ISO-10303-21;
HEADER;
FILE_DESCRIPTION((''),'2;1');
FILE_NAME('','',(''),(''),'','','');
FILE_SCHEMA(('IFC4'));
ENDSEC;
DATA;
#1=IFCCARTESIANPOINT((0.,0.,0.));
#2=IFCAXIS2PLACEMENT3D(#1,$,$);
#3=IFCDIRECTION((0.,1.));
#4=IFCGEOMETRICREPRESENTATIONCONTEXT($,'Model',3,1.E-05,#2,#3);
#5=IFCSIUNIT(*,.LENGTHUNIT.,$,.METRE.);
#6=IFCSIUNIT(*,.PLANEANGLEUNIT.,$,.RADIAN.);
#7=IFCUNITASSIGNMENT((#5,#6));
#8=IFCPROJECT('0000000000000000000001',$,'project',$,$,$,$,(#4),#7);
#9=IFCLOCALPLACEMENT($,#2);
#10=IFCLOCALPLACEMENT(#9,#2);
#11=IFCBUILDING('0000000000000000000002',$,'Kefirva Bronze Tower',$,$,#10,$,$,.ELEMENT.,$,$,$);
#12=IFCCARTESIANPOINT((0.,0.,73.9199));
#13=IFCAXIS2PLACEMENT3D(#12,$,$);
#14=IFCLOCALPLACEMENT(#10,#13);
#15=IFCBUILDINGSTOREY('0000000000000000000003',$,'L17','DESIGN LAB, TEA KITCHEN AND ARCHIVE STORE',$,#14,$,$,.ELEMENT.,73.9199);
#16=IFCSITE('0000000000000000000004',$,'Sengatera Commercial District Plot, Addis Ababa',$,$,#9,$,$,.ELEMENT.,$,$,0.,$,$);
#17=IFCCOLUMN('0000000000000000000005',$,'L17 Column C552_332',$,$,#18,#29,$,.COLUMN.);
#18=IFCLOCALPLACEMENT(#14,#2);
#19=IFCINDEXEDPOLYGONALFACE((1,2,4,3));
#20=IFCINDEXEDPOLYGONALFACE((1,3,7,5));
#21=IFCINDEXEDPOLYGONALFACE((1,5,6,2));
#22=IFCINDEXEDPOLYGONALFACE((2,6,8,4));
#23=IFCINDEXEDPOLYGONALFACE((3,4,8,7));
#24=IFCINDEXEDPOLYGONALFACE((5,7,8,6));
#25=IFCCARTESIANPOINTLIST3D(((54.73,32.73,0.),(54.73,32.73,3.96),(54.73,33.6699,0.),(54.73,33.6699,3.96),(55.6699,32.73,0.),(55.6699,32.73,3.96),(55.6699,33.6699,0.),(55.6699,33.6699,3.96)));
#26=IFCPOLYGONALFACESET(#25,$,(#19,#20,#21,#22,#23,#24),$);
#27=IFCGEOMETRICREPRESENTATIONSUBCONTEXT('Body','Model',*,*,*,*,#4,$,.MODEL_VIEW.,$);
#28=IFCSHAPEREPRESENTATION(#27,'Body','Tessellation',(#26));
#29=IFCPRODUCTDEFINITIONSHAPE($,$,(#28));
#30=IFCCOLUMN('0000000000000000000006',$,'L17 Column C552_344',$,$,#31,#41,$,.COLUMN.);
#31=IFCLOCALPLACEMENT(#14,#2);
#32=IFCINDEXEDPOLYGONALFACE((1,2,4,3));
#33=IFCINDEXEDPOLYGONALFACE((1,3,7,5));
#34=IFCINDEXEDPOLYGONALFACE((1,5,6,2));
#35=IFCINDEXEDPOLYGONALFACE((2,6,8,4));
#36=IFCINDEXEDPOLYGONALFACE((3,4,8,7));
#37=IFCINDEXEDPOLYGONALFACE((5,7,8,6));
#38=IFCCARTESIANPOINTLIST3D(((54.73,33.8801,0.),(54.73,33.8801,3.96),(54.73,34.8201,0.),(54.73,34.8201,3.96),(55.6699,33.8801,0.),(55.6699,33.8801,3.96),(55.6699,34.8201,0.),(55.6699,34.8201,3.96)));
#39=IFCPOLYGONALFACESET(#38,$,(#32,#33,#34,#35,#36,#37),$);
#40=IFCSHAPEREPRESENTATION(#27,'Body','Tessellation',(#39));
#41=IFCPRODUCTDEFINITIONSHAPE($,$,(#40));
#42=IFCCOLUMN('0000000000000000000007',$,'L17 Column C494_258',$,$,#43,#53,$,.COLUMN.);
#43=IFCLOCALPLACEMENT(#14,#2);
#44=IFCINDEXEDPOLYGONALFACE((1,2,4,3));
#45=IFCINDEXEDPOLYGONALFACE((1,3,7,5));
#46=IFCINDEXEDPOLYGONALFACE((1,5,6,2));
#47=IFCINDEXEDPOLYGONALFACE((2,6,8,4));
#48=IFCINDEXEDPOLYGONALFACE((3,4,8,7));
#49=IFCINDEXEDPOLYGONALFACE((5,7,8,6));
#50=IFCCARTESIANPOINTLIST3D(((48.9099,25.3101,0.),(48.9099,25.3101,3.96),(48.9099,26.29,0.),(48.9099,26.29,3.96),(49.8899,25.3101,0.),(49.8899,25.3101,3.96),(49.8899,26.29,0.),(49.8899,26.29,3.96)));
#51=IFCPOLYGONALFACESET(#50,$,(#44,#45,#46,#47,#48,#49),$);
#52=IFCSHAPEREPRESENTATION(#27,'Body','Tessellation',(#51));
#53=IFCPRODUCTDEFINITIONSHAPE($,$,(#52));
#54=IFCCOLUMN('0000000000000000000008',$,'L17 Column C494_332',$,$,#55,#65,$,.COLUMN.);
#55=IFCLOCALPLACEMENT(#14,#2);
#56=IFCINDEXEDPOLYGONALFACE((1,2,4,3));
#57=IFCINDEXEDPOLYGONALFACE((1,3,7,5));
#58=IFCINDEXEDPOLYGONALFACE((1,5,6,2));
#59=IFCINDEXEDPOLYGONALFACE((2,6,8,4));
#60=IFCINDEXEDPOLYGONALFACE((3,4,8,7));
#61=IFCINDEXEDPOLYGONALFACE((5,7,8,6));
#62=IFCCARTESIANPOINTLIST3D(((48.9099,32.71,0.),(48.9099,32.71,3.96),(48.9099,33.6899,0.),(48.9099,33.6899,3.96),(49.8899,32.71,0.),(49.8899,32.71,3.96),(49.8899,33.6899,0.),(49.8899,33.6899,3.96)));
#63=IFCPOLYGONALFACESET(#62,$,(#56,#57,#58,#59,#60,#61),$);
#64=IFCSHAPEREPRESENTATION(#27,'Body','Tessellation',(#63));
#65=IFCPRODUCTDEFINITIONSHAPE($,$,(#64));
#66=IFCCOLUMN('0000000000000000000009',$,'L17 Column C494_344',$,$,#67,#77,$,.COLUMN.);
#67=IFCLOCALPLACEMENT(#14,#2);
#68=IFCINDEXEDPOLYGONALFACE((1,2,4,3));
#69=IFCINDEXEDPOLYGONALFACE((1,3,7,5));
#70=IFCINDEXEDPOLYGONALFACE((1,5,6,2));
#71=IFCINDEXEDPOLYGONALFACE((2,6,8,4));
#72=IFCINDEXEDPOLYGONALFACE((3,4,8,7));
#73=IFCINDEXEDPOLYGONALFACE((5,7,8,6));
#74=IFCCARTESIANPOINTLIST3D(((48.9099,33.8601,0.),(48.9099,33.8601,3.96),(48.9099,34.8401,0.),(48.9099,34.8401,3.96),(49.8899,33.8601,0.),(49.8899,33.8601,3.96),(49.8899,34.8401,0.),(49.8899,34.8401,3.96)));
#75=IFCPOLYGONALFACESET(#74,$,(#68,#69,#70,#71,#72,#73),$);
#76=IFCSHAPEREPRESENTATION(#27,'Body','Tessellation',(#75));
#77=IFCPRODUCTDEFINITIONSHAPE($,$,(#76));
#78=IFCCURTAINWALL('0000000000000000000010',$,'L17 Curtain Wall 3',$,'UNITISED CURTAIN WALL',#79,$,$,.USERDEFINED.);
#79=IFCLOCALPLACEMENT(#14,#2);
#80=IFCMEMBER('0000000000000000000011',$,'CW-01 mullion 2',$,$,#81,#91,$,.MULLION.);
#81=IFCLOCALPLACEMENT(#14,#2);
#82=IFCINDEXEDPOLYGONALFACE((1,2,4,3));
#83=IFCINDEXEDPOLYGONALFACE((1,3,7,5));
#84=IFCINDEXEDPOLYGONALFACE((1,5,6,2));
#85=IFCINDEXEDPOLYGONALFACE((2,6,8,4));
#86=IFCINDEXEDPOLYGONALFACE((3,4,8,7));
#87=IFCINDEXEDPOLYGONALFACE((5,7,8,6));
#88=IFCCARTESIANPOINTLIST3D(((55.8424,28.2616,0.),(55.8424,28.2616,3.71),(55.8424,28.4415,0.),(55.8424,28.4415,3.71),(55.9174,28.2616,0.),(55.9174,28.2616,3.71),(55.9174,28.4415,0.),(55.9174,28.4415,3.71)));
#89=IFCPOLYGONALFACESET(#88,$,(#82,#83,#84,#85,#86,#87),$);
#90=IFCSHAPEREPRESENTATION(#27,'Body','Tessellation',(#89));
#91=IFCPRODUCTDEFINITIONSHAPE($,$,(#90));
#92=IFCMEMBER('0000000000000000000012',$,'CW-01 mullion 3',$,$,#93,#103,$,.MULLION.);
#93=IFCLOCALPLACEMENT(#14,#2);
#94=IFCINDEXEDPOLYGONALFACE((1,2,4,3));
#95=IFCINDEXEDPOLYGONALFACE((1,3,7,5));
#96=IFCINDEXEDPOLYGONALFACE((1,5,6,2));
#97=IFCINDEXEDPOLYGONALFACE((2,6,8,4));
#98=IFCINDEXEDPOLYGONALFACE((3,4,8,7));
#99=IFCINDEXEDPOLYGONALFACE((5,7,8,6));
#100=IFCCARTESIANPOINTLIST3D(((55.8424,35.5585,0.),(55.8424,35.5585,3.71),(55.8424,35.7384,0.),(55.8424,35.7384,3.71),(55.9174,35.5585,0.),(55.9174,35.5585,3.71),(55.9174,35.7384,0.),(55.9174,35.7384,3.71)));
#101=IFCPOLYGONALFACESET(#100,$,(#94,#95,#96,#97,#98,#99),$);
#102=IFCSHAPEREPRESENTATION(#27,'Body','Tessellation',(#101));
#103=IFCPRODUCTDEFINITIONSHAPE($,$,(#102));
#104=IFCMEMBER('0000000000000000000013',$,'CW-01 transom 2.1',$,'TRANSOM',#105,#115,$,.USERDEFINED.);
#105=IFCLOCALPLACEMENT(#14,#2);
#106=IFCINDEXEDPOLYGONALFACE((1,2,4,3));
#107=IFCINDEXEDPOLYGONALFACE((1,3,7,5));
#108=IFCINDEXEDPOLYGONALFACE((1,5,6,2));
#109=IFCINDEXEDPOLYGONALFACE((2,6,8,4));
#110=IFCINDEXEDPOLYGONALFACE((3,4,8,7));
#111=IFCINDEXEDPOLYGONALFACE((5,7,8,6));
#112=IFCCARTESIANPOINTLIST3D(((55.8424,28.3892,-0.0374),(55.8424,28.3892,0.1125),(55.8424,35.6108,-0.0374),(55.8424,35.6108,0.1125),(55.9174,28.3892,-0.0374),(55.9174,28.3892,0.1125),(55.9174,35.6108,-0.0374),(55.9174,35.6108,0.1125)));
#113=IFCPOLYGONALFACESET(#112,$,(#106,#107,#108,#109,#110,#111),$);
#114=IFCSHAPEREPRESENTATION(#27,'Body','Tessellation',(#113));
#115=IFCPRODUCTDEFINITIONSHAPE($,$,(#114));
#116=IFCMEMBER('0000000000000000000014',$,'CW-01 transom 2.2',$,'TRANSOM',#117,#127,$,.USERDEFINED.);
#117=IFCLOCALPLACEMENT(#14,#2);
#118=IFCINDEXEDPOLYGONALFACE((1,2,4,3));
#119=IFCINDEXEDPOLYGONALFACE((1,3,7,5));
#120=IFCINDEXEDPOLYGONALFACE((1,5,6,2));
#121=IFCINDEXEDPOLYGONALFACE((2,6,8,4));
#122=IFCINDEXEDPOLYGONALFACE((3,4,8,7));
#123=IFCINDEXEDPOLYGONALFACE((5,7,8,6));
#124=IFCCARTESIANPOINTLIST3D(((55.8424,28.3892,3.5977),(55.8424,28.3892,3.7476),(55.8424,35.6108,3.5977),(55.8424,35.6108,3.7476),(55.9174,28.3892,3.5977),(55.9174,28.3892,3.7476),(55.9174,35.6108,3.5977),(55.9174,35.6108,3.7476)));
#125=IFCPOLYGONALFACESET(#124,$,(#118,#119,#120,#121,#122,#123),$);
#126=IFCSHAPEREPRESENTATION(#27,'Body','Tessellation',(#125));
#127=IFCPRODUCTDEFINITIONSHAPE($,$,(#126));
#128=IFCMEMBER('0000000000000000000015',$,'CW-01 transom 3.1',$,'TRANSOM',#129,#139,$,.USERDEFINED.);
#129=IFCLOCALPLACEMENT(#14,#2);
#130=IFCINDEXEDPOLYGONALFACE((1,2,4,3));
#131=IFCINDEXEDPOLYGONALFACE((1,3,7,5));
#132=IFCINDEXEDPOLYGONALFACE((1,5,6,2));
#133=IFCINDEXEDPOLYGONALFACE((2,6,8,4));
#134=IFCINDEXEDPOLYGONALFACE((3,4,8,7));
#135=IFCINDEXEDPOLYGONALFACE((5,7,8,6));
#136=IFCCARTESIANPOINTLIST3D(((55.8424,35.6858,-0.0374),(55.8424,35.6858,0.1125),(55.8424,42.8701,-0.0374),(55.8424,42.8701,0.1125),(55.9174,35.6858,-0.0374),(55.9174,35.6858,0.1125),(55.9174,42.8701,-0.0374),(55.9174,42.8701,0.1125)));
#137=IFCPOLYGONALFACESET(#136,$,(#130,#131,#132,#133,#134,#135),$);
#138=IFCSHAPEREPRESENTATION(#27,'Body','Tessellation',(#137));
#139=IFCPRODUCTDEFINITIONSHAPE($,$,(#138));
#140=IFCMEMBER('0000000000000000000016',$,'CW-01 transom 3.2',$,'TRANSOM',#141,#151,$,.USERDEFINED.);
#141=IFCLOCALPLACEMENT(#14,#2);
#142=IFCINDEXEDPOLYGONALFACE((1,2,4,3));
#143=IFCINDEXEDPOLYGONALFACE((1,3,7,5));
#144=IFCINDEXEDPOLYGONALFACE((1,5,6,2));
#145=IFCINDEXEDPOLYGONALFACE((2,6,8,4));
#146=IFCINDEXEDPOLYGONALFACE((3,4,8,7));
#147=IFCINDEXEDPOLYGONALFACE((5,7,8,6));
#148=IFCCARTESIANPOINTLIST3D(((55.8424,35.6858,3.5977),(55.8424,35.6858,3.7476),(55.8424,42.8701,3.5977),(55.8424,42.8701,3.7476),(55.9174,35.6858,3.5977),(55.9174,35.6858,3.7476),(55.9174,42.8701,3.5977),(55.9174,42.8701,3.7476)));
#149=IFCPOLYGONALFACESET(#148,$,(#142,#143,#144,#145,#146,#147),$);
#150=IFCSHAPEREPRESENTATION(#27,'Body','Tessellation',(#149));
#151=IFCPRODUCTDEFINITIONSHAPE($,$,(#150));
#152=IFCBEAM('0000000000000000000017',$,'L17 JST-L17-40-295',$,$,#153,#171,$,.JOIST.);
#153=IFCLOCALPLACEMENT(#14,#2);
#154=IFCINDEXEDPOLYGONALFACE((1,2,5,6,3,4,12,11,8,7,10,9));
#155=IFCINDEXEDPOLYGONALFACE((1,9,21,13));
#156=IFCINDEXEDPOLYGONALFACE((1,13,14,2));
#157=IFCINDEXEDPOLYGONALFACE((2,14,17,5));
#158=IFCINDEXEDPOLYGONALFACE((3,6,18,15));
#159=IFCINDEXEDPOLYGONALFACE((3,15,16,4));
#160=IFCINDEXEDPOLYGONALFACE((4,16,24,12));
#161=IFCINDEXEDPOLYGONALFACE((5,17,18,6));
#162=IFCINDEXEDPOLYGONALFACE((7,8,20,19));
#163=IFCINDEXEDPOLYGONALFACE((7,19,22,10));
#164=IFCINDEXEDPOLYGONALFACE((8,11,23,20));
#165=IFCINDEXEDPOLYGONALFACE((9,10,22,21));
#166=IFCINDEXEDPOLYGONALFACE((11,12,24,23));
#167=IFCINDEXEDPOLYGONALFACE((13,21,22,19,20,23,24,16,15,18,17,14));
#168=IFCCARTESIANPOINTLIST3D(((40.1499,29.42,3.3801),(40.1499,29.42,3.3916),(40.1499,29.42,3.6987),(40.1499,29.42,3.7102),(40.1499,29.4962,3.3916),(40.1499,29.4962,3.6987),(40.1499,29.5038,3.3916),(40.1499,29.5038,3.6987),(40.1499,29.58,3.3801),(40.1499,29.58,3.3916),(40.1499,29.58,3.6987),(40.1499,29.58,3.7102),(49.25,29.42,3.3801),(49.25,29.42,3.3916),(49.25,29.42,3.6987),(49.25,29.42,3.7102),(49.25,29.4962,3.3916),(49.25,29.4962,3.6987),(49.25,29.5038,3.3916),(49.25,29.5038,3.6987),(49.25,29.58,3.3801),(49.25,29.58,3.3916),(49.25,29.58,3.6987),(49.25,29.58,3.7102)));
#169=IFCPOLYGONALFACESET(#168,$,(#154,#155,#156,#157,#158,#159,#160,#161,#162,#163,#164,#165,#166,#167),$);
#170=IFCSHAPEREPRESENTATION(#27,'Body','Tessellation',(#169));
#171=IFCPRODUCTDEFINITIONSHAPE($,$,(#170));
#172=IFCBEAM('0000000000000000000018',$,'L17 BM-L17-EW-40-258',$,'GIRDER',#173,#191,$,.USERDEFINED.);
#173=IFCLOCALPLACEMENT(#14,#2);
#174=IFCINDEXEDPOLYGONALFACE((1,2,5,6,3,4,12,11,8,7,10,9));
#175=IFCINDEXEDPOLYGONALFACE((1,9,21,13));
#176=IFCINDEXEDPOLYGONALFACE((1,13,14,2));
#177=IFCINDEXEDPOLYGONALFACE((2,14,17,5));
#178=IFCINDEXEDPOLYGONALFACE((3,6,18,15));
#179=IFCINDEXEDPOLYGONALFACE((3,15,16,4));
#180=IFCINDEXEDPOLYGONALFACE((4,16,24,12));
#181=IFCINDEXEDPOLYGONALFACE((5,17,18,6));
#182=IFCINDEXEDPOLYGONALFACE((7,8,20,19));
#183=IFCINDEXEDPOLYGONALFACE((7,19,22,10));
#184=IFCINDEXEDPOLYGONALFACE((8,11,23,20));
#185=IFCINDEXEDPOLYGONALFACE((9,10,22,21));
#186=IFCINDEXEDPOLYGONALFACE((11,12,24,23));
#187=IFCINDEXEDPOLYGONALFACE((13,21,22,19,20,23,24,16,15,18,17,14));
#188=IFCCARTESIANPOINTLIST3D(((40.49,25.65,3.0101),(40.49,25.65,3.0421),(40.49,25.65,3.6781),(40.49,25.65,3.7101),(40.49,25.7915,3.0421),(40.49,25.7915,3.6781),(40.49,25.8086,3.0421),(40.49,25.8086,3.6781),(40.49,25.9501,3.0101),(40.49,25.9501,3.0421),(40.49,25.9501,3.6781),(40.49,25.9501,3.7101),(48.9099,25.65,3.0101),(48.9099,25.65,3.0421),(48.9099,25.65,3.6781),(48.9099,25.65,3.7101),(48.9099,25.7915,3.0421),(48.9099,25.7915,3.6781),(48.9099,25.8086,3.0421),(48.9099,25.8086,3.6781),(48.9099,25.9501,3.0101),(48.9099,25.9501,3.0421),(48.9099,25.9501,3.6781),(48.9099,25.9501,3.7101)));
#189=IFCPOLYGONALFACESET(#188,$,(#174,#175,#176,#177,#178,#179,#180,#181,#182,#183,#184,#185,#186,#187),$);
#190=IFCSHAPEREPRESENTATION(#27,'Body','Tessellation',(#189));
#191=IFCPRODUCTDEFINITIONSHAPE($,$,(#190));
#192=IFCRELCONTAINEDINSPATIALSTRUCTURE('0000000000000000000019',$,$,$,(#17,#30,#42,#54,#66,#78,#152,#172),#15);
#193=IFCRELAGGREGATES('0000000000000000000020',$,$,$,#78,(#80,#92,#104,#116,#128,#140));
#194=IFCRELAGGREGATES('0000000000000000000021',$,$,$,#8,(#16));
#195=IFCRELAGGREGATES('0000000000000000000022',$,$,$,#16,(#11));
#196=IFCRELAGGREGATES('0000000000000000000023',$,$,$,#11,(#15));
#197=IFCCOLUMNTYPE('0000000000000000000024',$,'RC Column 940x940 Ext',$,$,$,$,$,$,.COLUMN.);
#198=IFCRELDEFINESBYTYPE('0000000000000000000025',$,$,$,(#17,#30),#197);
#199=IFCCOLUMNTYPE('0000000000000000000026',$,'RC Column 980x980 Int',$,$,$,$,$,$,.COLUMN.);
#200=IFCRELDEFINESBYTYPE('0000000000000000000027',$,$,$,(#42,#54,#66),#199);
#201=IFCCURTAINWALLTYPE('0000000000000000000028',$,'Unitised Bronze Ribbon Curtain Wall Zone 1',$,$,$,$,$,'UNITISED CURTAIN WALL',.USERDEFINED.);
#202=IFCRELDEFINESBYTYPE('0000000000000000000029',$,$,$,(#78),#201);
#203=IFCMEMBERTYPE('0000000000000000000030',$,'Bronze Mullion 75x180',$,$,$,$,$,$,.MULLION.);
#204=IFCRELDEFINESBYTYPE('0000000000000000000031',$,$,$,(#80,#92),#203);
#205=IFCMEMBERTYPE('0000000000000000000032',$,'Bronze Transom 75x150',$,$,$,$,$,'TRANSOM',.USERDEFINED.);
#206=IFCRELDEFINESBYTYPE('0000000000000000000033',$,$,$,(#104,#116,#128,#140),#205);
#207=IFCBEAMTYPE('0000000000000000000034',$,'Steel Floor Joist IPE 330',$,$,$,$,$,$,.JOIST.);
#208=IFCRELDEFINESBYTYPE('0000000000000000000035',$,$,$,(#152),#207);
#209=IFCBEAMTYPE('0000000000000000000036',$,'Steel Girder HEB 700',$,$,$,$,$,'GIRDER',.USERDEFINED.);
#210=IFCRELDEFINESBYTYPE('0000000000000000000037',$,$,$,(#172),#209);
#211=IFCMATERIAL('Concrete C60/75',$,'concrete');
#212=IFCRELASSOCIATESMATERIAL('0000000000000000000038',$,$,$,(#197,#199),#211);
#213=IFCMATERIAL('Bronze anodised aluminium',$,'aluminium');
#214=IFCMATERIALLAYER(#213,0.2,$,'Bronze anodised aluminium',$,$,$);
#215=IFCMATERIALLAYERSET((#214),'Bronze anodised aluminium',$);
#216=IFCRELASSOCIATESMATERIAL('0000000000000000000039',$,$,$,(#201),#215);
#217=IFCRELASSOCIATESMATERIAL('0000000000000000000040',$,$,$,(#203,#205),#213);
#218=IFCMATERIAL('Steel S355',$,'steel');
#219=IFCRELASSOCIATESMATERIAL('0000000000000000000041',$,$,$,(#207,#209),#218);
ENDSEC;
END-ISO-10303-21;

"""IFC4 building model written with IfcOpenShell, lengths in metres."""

from ifc_helpers import new_model, si_unit, direction, frame, origin, origin_2d, place, context, subcontext, project, spatial, rectangle, i_section, extrude, material, layer, layer_set, material_profile, profile_set, type_object, element, aggregate, save


model = new_model("IFC4")

# Units and contexts
model_context = context("Model", 3, precision=1e-05, world=origin(), true_north=direction((0.0, 1.0)))
body_context = subcontext(model_context, "Body", "Model", "MODEL_VIEW")
ifc_project = project(units=[si_unit("LENGTHUNIT", "METRE"), si_unit("PLANEANGLEUNIT", "RADIAN")], contexts=[model_context])

# Site, building, storey
site_placement = place(None, origin())
site = spatial("IfcSite", under=ifc_project, at=site_placement, Name="Sengatera Commercial District Plot, Addis Ababa", CompositionType="ELEMENT", RefElevation=0.0)
building_placement = place(site_placement, origin())
building = spatial("IfcBuilding", under=site, at=building_placement, Name="Kefirva Bronze Tower", CompositionType="ELEMENT")
storey_placement = place(building_placement, frame((0.0, 0.0, 73.9199)))
storey = spatial("IfcBuildingStorey", under=building, at=storey_placement, Name="L17", Description="DESIGN LAB, TEA KITCHEN AND ARCHIVE STORE", CompositionType="ELEMENT", Elevation=73.9199)

# Columns
ifc_material_1 = material(Name="Concrete C60/75", Category="concrete")
ifc_material_profile_1 = material_profile(ifc_material_1, rectangle(XDim=0.9399, YDim=0.9399, at=origin_2d()), Name="RC 940x940")
ifc_profile_set_1 = profile_set([ifc_material_profile_1], Name="Concrete C60/75")
column_type_1 = type_object("IfcColumnType", Name="RC Column 940x940 Ext", PredefinedType="COLUMN", material=ifc_profile_set_1)
for number, where, z_axis, x_axis, name in (
    (1, (55.2, 33.2, 0.0), (0.0, 0.0, 1.0), (1.0, 0.0, 0.0), "L17 Column C552_332"),
    (2, (55.2, 34.3501, 0.0), (0.0, 0.0, 1.0), (1.0, 0.0, 0.0), "L17 Column C552_344"),
):
    element("IfcColumn", number, at=place(storey_placement, frame(where, z_axis=z_axis, x_axis=x_axis)), inside=storey, type_object=column_type_1, Name=name, PredefinedType="COLUMN", context=body_context, shape_type="SweptSolid", body=[
        extrude(rectangle(XDim=0.9399, YDim=0.9399, at=origin_2d()), origin(), (0.0, 0.0, 1.0), 3.96),
    ])
ifc_material_profile_2 = material_profile(ifc_material_1, rectangle(XDim=0.98, YDim=0.98, at=origin_2d()), Name="RC 980x980")
ifc_profile_set_2 = profile_set([ifc_material_profile_2], Name="Concrete C60/75")
column_type_2 = type_object("IfcColumnType", Name="RC Column 980x980 Int", PredefinedType="COLUMN", material=ifc_profile_set_2)
for number, where, z_axis, x_axis, name in (
    (3, (49.3999, 25.8, 0.0), (0.0, 0.0, 1.0), (1.0, 0.0, 0.0), "L17 Column C494_258"),
    (4, (49.3999, 33.2, 0.0), (0.0, 0.0, 1.0), (1.0, 0.0, 0.0), "L17 Column C494_332"),
    (5, (49.3999, 34.3501, 0.0), (0.0, 0.0, 1.0), (1.0, 0.0, 0.0), "L17 Column C494_344"),
):
    element("IfcColumn", number, at=place(storey_placement, frame(where, z_axis=z_axis, x_axis=x_axis)), inside=storey, type_object=column_type_2, Name=name, PredefinedType="COLUMN", context=body_context, shape_type="SweptSolid", body=[
        extrude(rectangle(XDim=0.98, YDim=0.98, at=origin_2d()), origin(), (0.0, 0.0, 1.0), 3.96),
    ])

# Curtain wall, members
ifc_material_2 = material(Name="Bronze anodised aluminium", Category="aluminium")
ifc_layer_1 = layer(ifc_material_2, 0.2, Name="Bronze anodised aluminium")
ifc_layer_set_1 = layer_set([ifc_layer_1], Name="Bronze anodised aluminium")
curtain_wall_type = type_object("IfcCurtainWallType", Name="Unitised Bronze Ribbon Curtain Wall Zone 1", ElementType="UNITISED CURTAIN WALL", PredefinedType="USERDEFINED", material=ifc_layer_set_1)
curtain_wall_placement = place(storey_placement, origin())
curtain_wall = element("IfcCurtainWall", 6, at=curtain_wall_placement, inside=storey, type_object=curtain_wall_type, Name="L17 Curtain Wall 3", ObjectType="UNITISED CURTAIN WALL", PredefinedType="USERDEFINED")
ifc_material_profile_3 = material_profile(ifc_material_2, rectangle(XDim=0.075, YDim=0.1799, at=origin_2d()), Name="ALU 75x180")
ifc_profile_set_3 = profile_set([ifc_material_profile_3], Name="Bronze anodised aluminium")
member_type_1 = type_object("IfcMemberType", Name="Bronze Mullion 75x180", PredefinedType="MULLION", material=ifc_profile_set_3)
member_1_placement = place(storey_placement, frame((55.8799, 28.3516, 0.0), z_axis=(0.0, 0.0, 1.0), x_axis=(-1.0, 0.0, 0.0)))
member_1 = element("IfcMember", 7, at=member_1_placement, type_object=member_type_1, Name="CW-01 mullion 2", PredefinedType="MULLION", context=body_context, shape_type="SweptSolid", body=[
    extrude(rectangle(XDim=0.075, YDim=0.1799, at=origin_2d()), origin(), (0.0, 0.0, 1.0), 3.71),
])
member_2_placement = place(storey_placement, frame((55.8799, 35.6484, 0.0), z_axis=(0.0, 0.0, 1.0), x_axis=(-1.0, 0.0, 0.0)))
member_2 = element("IfcMember", 8, at=member_2_placement, type_object=member_type_1, Name="CW-01 mullion 3", PredefinedType="MULLION", context=body_context, shape_type="SweptSolid", body=[
    extrude(rectangle(XDim=0.075, YDim=0.1799, at=origin_2d()), origin(), (0.0, 0.0, 1.0), 3.71),
])
ifc_material_profile_4 = material_profile(ifc_material_2, rectangle(XDim=0.075, YDim=0.1499, at=origin_2d()), Name="ALU 75x150")
ifc_profile_set_4 = profile_set([ifc_material_profile_4], Name="Bronze anodised aluminium")
member_type_2 = type_object("IfcMemberType", Name="Bronze Transom 75x150", ElementType="TRANSOM", PredefinedType="USERDEFINED", material=ifc_profile_set_4)
member_3_placement = place(storey_placement, frame((55.8799, 28.3892, 0.0376), z_axis=(0.0, 1.0, 0.0), x_axis=(-1.0, 0.0, 0.0)))
member_3 = element("IfcMember", 9, at=member_3_placement, type_object=member_type_2, Name="CW-01 transom 2.1", ObjectType="TRANSOM", PredefinedType="USERDEFINED", context=body_context, shape_type="SweptSolid", body=[
    extrude(rectangle(XDim=0.075, YDim=0.1499, at=origin_2d()), origin(), (0.0, 0.0, 1.0), 7.2217),
])
member_4_placement = place(storey_placement, frame((55.8799, 28.3892, 3.6726), z_axis=(0.0, 1.0, 0.0), x_axis=(-1.0, 0.0, 0.0)))
member_4 = element("IfcMember", 10, at=member_4_placement, type_object=member_type_2, Name="CW-01 transom 2.2", ObjectType="TRANSOM", PredefinedType="USERDEFINED", context=body_context, shape_type="SweptSolid", body=[
    extrude(rectangle(XDim=0.075, YDim=0.1499, at=origin_2d()), origin(), (0.0, 0.0, 1.0), 7.2217),
])
member_5_placement = place(storey_placement, frame((55.8799, 35.6858, 0.0376), z_axis=(0.0, 1.0, 0.0), x_axis=(-1.0, 0.0, 0.0)))
member_5 = element("IfcMember", 11, at=member_5_placement, type_object=member_type_2, Name="CW-01 transom 3.1", ObjectType="TRANSOM", PredefinedType="USERDEFINED", context=body_context, shape_type="SweptSolid", body=[
    extrude(rectangle(XDim=0.075, YDim=0.1499, at=origin_2d()), origin(), (0.0, 0.0, 1.0), 7.1843),
])
member_6_placement = place(storey_placement, frame((55.8799, 35.6858, 3.6726), z_axis=(0.0, 1.0, 0.0), x_axis=(-1.0, 0.0, 0.0)))
member_6 = element("IfcMember", 12, at=member_6_placement, type_object=member_type_2, Name="CW-01 transom 3.2", ObjectType="TRANSOM", PredefinedType="USERDEFINED", context=body_context, shape_type="SweptSolid", body=[
    extrude(rectangle(XDim=0.075, YDim=0.1499, at=origin_2d()), origin(), (0.0, 0.0, 1.0), 7.1843),
])

# Beams
ifc_material_3 = material(Name="Steel S355", Category="steel")
ifc_material_profile_5 = material_profile(ifc_material_3, i_section(OverallWidth=0.1599, OverallDepth=0.3301, WebThickness=0.0076, FlangeThickness=0.0115, at=origin_2d()), Name="IPE 330")
ifc_profile_set_5 = profile_set([ifc_material_profile_5], Name="Steel S355")
beam_type_1 = type_object("IfcBeamType", Name="Steel Floor Joist IPE 330", PredefinedType="JOIST", material=ifc_profile_set_5)
beam_1_placement = place(storey_placement, frame((40.1499, 29.5, 3.5452), z_axis=(1.0, 0.0, 0.0), x_axis=(0.0, 1.0, 0.0)))
element("IfcBeam", 13, at=beam_1_placement, inside=storey, type_object=beam_type_1, Name="L17 JST-L17-40-295", PredefinedType="JOIST", context=body_context, shape_type="SweptSolid", body=[
    extrude(i_section(OverallWidth=0.1599, OverallDepth=0.3301, WebThickness=0.0076, FlangeThickness=0.0115, at=origin_2d()), origin(), (0.0, 0.0, 1.0), 9.1001),
])
ifc_material_profile_6 = material_profile(ifc_material_3, i_section(OverallWidth=0.3, OverallDepth=0.7, WebThickness=0.0171, FlangeThickness=0.032, at=origin_2d()), Name="HEB 700")
ifc_profile_set_6 = profile_set([ifc_material_profile_6], Name="Steel S355")
beam_type_2 = type_object("IfcBeamType", Name="Steel Girder HEB 700", ElementType="GIRDER", PredefinedType="USERDEFINED", material=ifc_profile_set_6)
for number, where, z_axis, x_axis, name in (
    (14, (40.49, 25.8, 3.3601), (1.0, 0.0, 0.0), (0.0, 1.0, 0.0), "L17 BM-L17-EW-40-258"),
):
    element("IfcBeam", number, at=place(storey_placement, frame(where, z_axis=z_axis, x_axis=x_axis)), inside=storey, type_object=beam_type_2, Name=name, ObjectType="GIRDER", PredefinedType="USERDEFINED", context=body_context, shape_type="SweptSolid", body=[
        extrude(i_section(OverallWidth=0.3, OverallDepth=0.7, WebThickness=0.0171, FlangeThickness=0.032, at=origin_2d()), origin(), (0.0, 0.0, 1.0), 8.4199),
    ])

aggregate(curtain_wall, [member_1, member_2, member_3, member_4, member_5, member_6])

save(model, "model.ifc")
